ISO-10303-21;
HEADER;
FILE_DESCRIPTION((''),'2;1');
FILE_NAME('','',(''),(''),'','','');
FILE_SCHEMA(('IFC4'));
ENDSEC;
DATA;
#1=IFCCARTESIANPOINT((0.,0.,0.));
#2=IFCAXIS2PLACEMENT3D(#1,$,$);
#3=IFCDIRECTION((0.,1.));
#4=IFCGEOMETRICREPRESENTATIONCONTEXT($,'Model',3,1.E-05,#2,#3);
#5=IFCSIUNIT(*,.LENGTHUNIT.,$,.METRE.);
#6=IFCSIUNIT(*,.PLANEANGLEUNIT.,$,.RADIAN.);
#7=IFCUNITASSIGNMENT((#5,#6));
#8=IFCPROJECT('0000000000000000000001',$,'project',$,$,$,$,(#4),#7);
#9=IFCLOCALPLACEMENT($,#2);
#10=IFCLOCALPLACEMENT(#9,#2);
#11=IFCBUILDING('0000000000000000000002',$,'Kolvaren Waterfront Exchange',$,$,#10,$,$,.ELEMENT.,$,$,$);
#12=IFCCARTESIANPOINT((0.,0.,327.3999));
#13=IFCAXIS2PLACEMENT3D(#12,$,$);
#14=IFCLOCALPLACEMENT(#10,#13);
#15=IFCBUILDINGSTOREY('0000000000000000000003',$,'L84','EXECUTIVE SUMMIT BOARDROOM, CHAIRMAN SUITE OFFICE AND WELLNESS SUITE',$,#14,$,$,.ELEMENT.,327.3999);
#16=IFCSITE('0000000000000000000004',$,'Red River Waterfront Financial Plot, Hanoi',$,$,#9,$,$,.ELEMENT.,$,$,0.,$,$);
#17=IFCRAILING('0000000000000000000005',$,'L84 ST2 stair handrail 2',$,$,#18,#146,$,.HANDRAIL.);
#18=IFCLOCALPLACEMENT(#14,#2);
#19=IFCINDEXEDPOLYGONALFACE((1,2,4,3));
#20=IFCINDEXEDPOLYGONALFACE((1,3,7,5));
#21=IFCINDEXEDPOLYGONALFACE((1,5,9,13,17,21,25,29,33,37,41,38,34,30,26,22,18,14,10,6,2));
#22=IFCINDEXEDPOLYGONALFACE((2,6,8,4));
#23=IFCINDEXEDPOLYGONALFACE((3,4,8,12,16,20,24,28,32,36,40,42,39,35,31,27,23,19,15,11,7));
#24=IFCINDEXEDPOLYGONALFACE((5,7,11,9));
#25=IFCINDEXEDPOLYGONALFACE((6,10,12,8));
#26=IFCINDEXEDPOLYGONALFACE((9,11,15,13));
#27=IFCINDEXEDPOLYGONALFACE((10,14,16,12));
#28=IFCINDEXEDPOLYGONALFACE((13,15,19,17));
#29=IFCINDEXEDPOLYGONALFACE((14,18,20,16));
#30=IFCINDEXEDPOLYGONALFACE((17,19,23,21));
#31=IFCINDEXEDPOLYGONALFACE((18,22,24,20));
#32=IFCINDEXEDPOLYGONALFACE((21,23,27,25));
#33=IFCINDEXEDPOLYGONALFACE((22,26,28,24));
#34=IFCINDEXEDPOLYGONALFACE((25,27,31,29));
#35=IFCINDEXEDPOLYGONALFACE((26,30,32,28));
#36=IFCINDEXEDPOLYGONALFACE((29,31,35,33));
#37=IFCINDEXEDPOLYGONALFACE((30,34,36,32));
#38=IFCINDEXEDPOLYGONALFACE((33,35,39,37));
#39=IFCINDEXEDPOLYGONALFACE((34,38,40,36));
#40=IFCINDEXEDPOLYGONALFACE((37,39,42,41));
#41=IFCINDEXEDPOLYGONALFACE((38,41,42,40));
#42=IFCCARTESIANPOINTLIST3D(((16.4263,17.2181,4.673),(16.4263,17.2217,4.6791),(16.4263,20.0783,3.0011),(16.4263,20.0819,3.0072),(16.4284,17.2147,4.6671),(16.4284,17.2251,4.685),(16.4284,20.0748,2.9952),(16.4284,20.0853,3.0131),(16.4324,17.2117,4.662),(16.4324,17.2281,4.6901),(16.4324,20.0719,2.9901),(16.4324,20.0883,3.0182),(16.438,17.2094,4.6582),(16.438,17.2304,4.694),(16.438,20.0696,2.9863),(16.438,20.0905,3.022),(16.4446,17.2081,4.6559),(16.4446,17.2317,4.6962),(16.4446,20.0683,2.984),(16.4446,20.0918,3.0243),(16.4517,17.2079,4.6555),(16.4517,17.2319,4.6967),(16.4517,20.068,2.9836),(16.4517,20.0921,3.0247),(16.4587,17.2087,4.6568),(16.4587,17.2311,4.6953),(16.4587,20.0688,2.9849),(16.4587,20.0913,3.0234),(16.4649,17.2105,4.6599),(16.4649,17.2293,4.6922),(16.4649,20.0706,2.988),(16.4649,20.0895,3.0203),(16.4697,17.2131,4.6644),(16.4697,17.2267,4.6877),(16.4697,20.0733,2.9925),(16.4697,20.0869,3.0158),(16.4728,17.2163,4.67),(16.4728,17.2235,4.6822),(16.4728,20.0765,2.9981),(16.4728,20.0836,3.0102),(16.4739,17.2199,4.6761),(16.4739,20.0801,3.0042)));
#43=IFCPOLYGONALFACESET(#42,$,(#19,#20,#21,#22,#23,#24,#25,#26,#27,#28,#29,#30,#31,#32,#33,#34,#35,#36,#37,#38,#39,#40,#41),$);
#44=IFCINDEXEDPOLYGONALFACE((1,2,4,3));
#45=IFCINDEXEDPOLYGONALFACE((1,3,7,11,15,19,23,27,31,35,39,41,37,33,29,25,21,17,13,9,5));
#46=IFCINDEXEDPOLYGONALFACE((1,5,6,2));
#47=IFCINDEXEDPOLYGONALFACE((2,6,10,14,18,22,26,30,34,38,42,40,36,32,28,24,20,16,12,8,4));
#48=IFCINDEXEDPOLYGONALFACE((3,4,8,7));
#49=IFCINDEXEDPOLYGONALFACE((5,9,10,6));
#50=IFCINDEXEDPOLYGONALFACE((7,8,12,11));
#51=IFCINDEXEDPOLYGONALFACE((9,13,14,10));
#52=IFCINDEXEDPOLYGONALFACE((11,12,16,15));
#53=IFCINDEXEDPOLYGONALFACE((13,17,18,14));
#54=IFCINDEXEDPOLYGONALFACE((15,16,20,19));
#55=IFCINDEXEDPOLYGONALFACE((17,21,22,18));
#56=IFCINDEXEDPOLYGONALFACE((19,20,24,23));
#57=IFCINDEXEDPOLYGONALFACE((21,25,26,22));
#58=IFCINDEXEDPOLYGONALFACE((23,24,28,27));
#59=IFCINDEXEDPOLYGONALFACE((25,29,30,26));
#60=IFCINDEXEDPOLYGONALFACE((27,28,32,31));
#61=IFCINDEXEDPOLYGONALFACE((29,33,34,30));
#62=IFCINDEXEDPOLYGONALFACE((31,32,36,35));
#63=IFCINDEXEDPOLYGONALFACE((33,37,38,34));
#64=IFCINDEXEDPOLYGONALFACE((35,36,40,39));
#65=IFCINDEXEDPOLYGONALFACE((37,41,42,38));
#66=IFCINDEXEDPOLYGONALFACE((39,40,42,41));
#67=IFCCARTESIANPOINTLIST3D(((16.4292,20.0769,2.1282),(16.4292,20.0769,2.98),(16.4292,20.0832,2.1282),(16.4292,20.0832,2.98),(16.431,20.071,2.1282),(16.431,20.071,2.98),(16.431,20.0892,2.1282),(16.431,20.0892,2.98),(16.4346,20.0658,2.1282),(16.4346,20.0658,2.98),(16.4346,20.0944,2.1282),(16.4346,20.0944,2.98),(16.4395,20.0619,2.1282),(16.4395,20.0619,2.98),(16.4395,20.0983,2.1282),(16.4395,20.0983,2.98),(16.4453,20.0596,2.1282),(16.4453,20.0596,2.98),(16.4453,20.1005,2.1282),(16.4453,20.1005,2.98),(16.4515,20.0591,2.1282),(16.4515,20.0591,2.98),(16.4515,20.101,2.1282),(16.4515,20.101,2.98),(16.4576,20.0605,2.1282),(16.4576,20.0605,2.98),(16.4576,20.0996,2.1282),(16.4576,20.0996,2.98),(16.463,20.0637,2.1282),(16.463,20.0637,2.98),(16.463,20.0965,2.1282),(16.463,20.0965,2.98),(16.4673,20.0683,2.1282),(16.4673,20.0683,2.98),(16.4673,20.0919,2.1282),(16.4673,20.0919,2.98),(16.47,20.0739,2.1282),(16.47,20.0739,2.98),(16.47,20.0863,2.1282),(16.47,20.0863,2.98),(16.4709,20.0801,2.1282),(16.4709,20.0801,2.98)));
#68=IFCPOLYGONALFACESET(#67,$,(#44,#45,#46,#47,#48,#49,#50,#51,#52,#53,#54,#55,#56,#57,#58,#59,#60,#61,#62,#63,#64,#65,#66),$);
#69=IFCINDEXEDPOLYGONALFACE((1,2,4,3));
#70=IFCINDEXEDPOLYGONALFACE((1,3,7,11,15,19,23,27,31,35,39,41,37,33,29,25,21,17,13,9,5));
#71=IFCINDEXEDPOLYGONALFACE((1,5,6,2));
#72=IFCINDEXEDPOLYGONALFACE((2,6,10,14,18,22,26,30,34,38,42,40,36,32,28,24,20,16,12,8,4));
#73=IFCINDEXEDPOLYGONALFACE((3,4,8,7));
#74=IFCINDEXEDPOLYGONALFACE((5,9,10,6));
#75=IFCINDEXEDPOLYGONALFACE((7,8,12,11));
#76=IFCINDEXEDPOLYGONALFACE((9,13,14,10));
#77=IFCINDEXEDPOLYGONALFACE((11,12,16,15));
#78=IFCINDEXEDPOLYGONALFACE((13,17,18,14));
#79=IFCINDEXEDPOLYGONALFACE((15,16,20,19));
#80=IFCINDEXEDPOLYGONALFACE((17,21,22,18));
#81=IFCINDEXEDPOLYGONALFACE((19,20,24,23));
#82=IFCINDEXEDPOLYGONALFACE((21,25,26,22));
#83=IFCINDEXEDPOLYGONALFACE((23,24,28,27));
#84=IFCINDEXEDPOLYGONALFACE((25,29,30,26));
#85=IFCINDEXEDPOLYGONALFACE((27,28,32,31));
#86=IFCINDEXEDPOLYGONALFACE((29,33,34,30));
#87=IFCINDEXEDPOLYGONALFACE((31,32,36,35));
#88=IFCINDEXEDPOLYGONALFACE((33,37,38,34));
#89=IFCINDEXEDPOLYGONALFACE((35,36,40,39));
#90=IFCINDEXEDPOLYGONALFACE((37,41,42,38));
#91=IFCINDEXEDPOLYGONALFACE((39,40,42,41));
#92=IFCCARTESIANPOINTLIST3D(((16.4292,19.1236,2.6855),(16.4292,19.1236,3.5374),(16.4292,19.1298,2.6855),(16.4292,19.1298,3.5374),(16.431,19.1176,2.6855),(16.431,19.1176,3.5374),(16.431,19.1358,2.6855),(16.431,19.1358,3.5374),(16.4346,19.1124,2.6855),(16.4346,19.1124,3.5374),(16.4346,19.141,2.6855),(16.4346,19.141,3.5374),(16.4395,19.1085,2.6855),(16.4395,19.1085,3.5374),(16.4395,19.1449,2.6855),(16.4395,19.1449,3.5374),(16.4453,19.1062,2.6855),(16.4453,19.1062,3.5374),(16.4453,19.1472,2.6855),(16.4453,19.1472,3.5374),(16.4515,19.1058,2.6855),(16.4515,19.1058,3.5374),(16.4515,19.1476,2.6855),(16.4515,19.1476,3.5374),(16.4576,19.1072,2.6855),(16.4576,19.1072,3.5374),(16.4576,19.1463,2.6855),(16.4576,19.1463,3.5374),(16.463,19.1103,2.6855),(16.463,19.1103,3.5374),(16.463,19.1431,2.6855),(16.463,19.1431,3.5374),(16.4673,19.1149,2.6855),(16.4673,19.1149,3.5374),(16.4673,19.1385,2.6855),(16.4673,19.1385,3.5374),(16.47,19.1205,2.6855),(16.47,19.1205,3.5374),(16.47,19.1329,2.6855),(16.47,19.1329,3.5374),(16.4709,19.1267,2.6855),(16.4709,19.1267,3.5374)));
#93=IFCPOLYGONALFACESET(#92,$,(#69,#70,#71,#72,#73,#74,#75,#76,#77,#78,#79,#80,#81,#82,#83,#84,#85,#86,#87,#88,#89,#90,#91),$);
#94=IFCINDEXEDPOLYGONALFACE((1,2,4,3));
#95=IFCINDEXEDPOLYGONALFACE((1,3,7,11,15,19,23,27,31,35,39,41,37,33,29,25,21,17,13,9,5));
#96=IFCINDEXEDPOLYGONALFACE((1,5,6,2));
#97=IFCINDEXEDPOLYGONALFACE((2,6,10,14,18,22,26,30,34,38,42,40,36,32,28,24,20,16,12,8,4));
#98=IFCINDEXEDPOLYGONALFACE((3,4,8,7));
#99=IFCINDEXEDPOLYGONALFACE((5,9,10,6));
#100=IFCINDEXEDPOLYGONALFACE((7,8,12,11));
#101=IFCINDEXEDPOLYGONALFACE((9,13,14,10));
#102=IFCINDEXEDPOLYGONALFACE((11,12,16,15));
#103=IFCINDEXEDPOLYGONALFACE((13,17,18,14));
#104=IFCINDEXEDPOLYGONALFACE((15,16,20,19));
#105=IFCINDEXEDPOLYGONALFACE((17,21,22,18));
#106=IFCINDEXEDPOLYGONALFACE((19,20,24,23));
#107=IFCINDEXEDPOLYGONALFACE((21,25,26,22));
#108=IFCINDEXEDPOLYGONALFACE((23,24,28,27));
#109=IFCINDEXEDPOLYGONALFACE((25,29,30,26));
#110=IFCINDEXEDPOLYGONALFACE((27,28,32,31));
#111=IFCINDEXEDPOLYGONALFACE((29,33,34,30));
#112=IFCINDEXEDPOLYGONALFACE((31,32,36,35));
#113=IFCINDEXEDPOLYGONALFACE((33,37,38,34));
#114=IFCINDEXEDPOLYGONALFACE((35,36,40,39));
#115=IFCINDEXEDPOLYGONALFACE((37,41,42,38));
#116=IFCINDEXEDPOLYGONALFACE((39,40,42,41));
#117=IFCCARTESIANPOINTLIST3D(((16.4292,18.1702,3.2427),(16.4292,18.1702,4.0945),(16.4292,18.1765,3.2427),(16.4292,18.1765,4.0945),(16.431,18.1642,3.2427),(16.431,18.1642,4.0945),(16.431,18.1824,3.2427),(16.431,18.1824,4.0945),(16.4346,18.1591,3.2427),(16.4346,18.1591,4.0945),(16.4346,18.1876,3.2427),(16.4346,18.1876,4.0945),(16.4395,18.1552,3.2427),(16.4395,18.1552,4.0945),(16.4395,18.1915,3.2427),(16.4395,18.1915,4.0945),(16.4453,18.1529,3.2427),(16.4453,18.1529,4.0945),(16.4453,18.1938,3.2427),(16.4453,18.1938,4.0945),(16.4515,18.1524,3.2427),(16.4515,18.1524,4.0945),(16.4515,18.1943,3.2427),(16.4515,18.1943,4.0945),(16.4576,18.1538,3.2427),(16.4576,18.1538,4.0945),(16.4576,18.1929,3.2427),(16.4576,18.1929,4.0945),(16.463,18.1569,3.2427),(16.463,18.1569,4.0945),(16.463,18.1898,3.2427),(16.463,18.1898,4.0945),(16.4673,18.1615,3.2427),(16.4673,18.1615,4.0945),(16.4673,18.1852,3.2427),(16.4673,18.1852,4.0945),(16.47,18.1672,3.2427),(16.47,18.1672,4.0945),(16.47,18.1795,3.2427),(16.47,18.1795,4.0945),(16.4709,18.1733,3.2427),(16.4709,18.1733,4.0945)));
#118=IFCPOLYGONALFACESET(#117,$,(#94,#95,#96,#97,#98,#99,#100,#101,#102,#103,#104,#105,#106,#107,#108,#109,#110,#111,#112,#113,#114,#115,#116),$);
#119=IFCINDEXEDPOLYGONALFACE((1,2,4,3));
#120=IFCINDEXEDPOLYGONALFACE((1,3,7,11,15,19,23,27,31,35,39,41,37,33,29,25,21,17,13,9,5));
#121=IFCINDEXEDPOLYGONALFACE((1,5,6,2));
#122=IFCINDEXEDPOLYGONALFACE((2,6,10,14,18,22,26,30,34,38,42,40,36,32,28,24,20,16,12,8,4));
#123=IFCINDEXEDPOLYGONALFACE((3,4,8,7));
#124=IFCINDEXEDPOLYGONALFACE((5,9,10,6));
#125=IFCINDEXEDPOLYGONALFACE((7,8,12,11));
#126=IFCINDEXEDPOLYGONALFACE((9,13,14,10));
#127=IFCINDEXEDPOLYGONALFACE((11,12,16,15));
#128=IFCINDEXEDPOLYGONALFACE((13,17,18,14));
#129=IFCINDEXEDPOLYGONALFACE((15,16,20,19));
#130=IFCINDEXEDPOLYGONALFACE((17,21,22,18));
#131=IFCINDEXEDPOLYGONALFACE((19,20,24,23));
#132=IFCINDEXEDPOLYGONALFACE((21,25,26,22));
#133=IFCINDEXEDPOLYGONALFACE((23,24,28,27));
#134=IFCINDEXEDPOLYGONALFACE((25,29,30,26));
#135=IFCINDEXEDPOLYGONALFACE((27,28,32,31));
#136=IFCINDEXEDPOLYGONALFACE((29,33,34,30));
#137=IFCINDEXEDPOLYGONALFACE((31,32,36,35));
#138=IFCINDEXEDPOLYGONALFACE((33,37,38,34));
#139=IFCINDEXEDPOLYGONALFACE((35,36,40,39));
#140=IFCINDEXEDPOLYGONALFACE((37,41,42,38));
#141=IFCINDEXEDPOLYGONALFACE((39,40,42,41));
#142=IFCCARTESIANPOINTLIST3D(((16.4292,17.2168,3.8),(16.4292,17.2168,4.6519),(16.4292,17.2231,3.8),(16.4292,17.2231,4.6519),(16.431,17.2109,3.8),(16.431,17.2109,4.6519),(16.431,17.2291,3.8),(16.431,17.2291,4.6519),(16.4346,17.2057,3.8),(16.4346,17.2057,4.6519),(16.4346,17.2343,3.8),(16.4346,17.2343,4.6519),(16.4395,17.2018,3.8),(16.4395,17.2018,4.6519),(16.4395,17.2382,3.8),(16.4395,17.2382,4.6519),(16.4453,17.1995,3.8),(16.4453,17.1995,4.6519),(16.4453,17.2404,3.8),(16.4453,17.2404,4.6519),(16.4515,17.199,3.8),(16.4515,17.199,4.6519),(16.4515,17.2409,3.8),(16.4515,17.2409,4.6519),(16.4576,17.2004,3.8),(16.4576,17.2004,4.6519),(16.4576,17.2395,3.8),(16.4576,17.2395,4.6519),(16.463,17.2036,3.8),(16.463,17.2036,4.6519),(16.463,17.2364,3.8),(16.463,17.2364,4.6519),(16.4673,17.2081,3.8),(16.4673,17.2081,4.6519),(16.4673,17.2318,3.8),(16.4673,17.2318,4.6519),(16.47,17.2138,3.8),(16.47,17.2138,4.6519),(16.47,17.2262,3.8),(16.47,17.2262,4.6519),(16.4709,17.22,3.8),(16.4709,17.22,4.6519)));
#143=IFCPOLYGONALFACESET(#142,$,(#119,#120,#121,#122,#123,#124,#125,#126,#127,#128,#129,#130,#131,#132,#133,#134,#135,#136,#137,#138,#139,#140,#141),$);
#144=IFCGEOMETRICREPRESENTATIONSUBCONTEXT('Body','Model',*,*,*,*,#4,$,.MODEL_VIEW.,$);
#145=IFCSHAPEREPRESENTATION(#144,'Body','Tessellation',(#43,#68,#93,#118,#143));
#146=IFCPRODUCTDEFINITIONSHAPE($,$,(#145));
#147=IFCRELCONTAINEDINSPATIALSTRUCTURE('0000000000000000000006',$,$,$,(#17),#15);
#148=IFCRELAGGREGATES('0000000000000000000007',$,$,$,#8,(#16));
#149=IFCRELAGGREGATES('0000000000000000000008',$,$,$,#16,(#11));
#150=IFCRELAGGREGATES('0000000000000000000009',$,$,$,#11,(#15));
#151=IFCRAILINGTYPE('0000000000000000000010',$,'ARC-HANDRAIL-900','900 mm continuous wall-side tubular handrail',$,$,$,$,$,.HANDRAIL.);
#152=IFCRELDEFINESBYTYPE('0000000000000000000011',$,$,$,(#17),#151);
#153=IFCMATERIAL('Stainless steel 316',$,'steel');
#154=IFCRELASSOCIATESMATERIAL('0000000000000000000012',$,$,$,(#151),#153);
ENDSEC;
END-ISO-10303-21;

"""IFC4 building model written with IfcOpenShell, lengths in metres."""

from ifc_helpers import new_model, si_unit, direction, frame, origin, origin_2d, place, context, subcontext, project, spatial, circle, extrude, material, type_object, element, save


model = new_model("IFC4")

# Units and contexts
model_context = context("Model", 3, precision=1e-05, world=origin(), true_north=direction((0.0, 1.0)))
body_context = subcontext(model_context, "Body", "Model", "MODEL_VIEW")
ifc_project = project(units=[si_unit("LENGTHUNIT", "METRE"), si_unit("PLANEANGLEUNIT", "RADIAN")], contexts=[model_context])

# Site, building, storey
site_placement = place(None, origin())
site = spatial("IfcSite", under=ifc_project, at=site_placement, Name="Red River Waterfront Financial Plot, Hanoi", CompositionType="ELEMENT", RefElevation=0.0)
building_placement = place(site_placement, origin())
building = spatial("IfcBuilding", under=site, at=building_placement, Name="Kolvaren Waterfront Exchange", CompositionType="ELEMENT")
storey_placement = place(building_placement, frame((0.0, 0.0, 327.3999)))
storey = spatial("IfcBuildingStorey", under=building, at=storey_placement, Name="L84", Description="EXECUTIVE SUMMIT BOARDROOM, CHAIRMAN SUITE OFFICE AND WELLNESS SUITE", CompositionType="ELEMENT", Elevation=327.3999)

# Railing
ifc_material_1 = material(Name="Stainless steel 316", Category="steel")
railing_type_1 = type_object("IfcRailingType", Name="ARC-HANDRAIL-900", Description="900 mm continuous wall-side tubular handrail", PredefinedType="HANDRAIL", material=ifc_material_1)
railing_1_placement = place(storey_placement, frame((16.45, 20.0801, 2.1282)))
element("IfcRailing", 1, at=railing_1_placement, inside=storey, type_object=railing_type_1, Name="L84 ST2 stair handrail 2", PredefinedType="HANDRAIL", context=body_context, shape_type="SweptSolid", body=[
    extrude(circle(Radius=0.0239, at=origin_2d()), frame((0.0, 0.0, 0.876), z_axis=(0.0, -0.863321, 0.504654), x_axis=(1.0, 0.0, 0.0)), (0.0, 0.0, 1.0), 3.313),
    extrude(circle(Radius=0.021, at=origin_2d()), origin(), (0.0, 0.0, 1.0), 0.8518),
    extrude(circle(Radius=0.021, at=origin_2d()), frame((0.0, -0.9534, 0.5574)), (0.0, 0.0, 1.0), 0.8518),
    extrude(circle(Radius=0.021, at=origin_2d()), frame((0.0, -1.9067, 1.1145)), (0.0, 0.0, 1.0), 0.8518),
    extrude(circle(Radius=0.021, at=origin_2d()), frame((0.0, -2.8601, 1.6719)), (0.0, 0.0, 1.0), 0.8518),
])

save(model, "model.ifc")
